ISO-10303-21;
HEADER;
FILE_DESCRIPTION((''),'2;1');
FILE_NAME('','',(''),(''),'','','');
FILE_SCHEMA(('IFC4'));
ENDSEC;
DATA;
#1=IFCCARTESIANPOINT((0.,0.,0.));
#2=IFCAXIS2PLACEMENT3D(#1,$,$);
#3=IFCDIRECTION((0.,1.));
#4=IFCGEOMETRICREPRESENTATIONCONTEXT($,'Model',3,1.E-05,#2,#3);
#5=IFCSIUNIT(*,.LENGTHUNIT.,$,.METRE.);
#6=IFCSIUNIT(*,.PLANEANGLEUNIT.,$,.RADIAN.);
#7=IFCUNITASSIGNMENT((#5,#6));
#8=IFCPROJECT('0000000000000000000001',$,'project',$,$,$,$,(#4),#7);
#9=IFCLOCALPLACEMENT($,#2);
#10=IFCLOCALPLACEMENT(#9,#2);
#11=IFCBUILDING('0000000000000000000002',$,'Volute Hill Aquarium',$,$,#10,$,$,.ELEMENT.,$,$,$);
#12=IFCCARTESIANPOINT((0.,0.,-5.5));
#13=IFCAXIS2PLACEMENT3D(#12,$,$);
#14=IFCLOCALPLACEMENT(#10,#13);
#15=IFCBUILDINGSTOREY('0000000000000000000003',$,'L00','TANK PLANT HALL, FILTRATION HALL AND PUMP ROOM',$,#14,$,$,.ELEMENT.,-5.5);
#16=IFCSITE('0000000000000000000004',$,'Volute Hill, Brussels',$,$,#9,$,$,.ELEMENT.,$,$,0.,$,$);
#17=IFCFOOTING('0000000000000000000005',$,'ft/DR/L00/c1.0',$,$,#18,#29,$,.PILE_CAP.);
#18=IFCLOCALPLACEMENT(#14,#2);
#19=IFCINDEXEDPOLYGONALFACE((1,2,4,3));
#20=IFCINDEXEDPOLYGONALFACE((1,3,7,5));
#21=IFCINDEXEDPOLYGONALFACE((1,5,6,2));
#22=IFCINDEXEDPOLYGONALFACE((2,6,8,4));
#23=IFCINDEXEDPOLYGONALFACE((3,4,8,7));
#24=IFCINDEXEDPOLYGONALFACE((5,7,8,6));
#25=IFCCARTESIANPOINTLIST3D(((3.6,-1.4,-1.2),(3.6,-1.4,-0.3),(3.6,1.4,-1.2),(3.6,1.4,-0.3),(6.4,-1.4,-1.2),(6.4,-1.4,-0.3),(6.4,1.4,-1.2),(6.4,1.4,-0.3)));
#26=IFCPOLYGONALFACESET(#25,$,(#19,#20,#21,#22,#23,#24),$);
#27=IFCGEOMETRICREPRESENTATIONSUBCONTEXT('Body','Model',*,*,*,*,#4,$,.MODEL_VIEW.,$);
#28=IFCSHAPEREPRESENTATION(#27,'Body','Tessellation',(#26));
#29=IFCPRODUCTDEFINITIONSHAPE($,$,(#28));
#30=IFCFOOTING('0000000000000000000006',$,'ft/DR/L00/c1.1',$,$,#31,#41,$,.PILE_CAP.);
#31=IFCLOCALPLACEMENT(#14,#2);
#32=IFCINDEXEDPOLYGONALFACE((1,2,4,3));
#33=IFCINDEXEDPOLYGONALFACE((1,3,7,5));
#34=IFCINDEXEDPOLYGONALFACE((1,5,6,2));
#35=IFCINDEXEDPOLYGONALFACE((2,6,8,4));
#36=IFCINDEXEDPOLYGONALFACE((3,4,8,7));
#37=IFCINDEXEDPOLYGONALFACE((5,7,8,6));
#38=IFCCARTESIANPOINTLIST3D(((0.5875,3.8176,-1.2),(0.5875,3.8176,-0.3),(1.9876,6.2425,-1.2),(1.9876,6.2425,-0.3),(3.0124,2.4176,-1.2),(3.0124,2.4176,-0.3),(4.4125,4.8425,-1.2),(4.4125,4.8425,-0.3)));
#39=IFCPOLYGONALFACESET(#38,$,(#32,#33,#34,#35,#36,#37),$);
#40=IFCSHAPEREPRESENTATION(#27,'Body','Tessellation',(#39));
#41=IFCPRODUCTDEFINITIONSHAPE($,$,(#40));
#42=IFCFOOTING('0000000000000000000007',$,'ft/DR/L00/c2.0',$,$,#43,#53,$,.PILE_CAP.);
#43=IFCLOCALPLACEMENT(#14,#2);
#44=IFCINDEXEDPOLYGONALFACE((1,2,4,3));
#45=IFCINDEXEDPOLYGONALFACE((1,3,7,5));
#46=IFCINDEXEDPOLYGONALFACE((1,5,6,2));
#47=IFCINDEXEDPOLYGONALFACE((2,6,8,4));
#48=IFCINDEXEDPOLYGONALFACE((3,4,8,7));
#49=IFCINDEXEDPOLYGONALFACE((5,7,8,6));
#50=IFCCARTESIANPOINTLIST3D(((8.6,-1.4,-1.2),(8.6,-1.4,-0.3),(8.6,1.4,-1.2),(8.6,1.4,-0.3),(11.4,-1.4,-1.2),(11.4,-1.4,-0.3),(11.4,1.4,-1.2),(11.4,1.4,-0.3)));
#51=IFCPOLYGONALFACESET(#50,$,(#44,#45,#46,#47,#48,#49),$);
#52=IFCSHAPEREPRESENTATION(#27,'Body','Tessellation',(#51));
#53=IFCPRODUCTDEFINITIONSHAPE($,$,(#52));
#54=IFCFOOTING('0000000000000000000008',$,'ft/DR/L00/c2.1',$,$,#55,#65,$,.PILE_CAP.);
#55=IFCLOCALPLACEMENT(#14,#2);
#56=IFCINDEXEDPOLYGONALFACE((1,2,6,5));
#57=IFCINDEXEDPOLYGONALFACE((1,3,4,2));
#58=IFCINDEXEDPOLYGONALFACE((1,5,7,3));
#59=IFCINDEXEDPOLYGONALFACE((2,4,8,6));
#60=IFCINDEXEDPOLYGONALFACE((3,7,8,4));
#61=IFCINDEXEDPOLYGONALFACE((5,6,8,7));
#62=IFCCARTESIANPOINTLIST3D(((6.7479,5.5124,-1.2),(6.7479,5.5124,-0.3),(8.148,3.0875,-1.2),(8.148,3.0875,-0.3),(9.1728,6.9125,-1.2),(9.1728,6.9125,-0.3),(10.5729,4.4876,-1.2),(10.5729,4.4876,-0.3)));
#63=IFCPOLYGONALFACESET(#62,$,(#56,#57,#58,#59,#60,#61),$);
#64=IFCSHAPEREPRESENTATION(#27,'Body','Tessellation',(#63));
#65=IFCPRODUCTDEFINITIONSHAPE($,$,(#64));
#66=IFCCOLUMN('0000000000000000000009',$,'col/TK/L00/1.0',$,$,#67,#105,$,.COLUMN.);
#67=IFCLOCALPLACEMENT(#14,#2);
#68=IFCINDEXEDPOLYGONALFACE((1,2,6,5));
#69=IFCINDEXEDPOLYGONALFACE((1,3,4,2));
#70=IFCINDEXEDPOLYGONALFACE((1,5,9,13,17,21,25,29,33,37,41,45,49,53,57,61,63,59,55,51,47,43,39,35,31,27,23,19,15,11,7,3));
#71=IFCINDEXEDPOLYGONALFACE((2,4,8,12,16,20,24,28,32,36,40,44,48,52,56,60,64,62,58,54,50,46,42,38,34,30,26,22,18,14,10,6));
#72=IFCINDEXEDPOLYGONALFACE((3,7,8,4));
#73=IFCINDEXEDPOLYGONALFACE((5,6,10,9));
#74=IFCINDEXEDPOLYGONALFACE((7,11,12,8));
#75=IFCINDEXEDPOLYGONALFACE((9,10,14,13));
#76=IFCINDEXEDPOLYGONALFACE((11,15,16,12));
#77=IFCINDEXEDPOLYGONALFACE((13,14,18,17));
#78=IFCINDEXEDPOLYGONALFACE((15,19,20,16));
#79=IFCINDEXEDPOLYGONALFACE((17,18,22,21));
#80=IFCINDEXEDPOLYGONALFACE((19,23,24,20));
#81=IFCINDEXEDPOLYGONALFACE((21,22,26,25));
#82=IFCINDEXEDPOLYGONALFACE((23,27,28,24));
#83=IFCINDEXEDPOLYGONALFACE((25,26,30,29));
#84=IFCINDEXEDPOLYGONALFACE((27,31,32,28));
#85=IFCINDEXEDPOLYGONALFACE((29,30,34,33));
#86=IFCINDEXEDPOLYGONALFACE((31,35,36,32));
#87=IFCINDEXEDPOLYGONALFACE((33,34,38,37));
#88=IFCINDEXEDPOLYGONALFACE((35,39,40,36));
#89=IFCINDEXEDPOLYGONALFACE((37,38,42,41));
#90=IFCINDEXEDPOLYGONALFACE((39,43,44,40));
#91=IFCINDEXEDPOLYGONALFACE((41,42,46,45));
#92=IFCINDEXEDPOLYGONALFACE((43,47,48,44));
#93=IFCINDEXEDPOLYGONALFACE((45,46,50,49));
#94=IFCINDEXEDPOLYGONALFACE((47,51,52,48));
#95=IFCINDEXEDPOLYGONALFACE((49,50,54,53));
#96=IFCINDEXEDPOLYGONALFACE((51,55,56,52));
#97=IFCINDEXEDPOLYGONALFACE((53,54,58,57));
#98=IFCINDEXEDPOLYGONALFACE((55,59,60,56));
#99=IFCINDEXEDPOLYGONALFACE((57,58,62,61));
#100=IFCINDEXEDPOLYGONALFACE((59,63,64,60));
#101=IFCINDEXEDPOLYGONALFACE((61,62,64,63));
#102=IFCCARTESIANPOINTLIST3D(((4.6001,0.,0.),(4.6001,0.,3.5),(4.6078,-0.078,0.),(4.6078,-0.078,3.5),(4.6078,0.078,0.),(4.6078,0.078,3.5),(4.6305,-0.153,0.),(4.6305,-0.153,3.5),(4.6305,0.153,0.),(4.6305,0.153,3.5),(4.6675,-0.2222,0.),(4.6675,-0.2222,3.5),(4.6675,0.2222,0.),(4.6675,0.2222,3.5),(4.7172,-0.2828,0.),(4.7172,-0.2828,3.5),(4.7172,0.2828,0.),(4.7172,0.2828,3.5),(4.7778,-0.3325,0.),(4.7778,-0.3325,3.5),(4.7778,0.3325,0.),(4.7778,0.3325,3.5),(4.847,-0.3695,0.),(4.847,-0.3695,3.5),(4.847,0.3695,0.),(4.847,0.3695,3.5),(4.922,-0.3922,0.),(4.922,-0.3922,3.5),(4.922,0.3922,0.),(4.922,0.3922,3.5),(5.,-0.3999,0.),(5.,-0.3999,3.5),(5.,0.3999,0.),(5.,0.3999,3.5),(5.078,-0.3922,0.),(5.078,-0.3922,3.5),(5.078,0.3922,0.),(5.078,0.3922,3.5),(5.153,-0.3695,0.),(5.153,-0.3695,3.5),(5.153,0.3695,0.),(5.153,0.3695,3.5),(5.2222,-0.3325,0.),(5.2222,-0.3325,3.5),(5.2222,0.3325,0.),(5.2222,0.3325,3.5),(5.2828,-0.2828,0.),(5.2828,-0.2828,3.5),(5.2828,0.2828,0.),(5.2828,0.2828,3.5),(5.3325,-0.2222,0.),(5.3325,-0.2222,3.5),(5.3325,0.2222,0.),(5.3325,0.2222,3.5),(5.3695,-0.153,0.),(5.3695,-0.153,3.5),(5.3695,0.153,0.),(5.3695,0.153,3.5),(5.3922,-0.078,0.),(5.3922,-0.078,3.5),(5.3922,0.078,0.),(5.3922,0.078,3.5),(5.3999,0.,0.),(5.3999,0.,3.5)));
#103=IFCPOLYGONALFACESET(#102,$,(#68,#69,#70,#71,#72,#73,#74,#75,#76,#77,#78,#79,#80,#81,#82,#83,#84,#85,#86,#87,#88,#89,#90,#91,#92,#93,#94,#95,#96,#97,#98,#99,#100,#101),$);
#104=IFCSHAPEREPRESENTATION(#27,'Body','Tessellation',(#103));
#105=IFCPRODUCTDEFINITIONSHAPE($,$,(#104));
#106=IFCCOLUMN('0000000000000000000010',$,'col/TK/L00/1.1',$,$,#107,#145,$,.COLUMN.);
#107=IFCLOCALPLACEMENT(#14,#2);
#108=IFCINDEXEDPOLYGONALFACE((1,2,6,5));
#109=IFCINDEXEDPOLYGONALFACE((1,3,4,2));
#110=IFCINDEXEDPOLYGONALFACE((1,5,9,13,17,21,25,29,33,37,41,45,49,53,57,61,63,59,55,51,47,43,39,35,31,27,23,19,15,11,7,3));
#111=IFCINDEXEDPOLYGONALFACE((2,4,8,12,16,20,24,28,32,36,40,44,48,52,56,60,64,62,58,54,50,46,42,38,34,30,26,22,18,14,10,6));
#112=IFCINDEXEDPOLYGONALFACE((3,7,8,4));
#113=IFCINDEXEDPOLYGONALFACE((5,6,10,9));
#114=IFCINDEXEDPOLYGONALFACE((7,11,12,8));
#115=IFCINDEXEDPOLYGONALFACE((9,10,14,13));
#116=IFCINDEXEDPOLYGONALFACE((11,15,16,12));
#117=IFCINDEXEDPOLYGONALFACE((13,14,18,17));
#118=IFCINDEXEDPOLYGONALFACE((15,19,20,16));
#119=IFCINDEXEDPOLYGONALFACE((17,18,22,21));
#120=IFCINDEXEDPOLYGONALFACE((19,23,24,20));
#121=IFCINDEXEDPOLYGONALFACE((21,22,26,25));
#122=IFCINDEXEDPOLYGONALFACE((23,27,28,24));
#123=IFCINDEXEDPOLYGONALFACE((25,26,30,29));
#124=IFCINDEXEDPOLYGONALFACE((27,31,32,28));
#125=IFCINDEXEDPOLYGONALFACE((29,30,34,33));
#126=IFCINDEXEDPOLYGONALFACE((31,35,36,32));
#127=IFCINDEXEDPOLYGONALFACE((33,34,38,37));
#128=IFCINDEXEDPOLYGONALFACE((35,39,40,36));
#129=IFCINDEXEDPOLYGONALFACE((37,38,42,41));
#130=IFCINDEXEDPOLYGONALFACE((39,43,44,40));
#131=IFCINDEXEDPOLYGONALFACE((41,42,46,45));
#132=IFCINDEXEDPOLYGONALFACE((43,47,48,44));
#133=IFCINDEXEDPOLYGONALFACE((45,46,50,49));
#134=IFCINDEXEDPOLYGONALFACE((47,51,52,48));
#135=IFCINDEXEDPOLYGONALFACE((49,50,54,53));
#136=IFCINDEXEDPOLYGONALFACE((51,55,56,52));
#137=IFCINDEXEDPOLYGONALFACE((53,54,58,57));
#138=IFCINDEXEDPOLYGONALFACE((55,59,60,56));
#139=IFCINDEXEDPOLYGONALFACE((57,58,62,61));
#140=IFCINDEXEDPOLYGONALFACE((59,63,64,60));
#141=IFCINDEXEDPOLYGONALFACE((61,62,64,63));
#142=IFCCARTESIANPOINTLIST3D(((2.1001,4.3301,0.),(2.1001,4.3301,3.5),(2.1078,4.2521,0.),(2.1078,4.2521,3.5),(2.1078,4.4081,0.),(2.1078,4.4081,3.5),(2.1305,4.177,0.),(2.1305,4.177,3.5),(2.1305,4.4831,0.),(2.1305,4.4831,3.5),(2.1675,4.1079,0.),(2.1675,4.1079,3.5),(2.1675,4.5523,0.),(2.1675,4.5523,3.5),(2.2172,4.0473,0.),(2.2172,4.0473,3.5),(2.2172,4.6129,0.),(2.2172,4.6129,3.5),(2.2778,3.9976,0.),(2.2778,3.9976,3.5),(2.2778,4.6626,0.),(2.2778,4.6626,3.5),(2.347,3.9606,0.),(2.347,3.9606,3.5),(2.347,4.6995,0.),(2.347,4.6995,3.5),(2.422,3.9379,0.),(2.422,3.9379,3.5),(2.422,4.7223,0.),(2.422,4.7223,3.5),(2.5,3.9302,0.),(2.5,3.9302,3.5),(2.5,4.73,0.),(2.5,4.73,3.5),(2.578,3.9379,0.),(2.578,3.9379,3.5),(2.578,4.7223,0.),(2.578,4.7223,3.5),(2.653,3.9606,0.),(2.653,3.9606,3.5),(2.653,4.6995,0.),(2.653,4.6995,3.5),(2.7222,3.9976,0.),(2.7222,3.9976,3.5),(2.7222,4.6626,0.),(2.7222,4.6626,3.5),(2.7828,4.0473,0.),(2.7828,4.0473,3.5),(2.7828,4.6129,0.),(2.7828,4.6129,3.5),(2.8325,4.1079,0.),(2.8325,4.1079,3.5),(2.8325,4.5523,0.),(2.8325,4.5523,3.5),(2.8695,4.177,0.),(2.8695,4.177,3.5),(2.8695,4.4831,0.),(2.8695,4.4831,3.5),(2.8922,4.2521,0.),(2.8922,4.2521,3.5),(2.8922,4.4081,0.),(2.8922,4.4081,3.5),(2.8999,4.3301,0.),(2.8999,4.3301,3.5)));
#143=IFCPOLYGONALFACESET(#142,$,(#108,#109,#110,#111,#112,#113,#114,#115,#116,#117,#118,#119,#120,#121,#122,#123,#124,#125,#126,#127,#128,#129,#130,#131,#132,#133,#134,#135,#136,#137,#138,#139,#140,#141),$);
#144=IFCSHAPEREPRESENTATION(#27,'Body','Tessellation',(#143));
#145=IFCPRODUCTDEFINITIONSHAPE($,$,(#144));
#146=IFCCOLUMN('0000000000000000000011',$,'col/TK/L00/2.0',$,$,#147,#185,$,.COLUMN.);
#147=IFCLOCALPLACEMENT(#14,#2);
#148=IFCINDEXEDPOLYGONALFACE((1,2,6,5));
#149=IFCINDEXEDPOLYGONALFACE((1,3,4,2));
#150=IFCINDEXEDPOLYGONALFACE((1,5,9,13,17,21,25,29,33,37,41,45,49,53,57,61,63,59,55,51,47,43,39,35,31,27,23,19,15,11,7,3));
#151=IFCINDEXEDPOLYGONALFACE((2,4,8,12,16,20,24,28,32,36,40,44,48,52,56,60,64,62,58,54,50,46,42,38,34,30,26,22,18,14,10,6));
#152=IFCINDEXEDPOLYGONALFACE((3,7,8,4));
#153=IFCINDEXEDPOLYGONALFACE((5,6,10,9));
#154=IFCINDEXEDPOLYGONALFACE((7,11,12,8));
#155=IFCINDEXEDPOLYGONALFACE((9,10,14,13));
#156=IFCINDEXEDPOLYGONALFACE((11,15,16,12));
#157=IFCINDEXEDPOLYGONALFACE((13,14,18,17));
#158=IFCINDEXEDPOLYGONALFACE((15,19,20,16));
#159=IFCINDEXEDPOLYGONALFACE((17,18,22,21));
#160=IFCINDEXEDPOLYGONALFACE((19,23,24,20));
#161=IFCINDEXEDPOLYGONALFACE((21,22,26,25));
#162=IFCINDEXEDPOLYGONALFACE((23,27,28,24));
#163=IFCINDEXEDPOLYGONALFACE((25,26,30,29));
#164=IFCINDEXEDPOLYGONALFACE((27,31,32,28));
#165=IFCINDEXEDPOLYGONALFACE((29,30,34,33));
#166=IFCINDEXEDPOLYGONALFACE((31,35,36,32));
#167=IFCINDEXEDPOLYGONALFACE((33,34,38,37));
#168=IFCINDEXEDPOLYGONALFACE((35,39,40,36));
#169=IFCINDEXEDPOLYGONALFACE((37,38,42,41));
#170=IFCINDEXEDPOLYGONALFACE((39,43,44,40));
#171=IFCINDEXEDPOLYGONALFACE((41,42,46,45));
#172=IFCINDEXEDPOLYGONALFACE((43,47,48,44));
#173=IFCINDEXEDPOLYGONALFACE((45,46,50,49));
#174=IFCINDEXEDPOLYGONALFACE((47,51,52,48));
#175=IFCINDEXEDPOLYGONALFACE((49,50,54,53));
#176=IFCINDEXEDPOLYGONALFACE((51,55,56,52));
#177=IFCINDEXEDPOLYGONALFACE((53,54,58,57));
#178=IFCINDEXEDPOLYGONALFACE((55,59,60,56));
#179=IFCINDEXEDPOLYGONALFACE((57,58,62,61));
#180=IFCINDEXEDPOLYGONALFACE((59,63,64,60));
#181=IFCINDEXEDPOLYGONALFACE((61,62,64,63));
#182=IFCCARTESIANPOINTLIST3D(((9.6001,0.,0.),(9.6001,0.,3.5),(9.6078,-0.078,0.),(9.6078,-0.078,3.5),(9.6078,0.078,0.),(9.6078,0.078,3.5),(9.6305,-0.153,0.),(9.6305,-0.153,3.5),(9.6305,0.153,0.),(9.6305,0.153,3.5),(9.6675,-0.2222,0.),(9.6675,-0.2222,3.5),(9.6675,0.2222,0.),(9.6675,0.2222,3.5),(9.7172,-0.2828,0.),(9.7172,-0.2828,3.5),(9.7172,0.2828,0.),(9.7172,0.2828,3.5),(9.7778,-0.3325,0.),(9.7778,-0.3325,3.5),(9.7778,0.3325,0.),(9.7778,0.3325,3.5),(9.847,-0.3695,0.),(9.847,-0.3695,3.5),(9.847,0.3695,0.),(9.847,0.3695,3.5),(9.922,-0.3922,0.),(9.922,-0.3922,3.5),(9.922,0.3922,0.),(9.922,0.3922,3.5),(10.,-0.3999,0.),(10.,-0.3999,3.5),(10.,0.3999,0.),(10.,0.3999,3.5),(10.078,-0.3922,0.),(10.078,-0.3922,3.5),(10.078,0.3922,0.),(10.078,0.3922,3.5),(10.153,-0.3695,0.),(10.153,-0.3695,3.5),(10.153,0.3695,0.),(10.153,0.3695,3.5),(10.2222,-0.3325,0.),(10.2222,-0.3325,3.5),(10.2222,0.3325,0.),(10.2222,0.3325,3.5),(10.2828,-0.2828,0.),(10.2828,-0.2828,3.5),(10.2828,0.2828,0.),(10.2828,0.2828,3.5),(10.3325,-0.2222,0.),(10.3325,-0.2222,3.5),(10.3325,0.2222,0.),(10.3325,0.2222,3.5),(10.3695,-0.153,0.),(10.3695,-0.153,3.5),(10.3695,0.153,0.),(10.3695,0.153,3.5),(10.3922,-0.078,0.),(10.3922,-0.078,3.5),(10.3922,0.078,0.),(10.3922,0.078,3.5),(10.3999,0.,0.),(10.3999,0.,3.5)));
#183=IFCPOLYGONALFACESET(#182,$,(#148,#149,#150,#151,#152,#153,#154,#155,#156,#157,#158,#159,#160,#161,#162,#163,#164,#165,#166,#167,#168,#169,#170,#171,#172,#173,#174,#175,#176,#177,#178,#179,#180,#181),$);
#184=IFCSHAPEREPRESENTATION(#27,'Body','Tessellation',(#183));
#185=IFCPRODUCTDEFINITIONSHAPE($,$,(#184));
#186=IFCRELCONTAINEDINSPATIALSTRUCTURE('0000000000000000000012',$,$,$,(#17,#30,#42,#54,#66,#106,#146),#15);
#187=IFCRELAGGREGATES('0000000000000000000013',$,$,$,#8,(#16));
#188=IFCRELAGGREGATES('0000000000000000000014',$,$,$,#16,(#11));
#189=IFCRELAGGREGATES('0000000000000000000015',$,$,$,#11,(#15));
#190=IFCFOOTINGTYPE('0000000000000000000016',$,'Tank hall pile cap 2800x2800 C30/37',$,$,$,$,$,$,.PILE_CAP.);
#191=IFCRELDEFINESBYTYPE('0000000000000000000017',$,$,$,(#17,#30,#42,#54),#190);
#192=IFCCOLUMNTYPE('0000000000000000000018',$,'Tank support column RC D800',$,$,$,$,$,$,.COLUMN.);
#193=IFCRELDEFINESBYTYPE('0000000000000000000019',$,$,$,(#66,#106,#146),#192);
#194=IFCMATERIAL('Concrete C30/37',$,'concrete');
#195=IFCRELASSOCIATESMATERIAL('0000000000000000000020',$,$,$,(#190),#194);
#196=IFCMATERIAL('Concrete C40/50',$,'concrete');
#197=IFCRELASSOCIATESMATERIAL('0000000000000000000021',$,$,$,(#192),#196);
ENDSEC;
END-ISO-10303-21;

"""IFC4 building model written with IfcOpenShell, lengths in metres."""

from ifc_helpers import new_model, si_unit, direction, frame, origin, origin_2d, place, context, subcontext, project, spatial, rectangle, circle, extrude, material, material_profile, profile_set, type_object, element, save


model = new_model("IFC4")

# Units and contexts
model_context = context("Model", 3, precision=1e-05, world=origin(), true_north=direction((0.0, 1.0)))
body_context = subcontext(model_context, "Body", "Model", "MODEL_VIEW")
ifc_project = project(units=[si_unit("LENGTHUNIT", "METRE"), si_unit("PLANEANGLEUNIT", "RADIAN")], contexts=[model_context])

# Site, building, storey
site_placement = place(None, origin())
site = spatial("IfcSite", under=ifc_project, at=site_placement, Name="Volute Hill, Brussels", CompositionType="ELEMENT", RefElevation=0.0)
building_placement = place(site_placement, origin())
building = spatial("IfcBuilding", under=site, at=building_placement, Name="Volute Hill Aquarium", CompositionType="ELEMENT")
storey_placement = place(building_placement, frame((0.0, 0.0, -5.5)))
storey = spatial("IfcBuildingStorey", under=building, at=storey_placement, Name="L00", Description="TANK PLANT HALL, FILTRATION HALL AND PUMP ROOM", CompositionType="ELEMENT", Elevation=-5.5)

# Footings
ifc_material_1 = material(Name="Concrete C30/37", Category="concrete")
footing_type_1 = type_object("IfcFootingType", Name="Tank hall pile cap 2800x2800 C30/37", PredefinedType="PILE_CAP", material=ifc_material_1)
for number, where, z_axis, x_axis, name in (
    (1, (5.0, 0.0, -1.2), (0.0, 0.0, 1.0), (0.0, 1.0, 0.0), "ft/DR/L00/c1.0"),
    (2, (2.5, 4.3301, -1.2), (0.0, 0.0, 1.0), (-0.866025, 0.5, 0.0), "ft/DR/L00/c1.1"),
    (3, (10.0, 0.0, -1.2), (0.0, 0.0, 1.0), (0.0, 1.0, 0.0), "ft/DR/L00/c2.0"),
    (4, (8.6604, 5.0, -1.2), (0.0, 0.0, 1.0), (-0.5, 0.866025, 0.0), "ft/DR/L00/c2.1"),
):
    element("IfcFooting", number, at=place(storey_placement, frame(where, z_axis=z_axis, x_axis=x_axis)), inside=storey, type_object=footing_type_1, Name=name, PredefinedType="PILE_CAP", context=body_context, shape_type="SweptSolid", body=[
        extrude(rectangle(XDim=2.8, YDim=2.8, at=origin_2d()), origin(), (0.0, 0.0, 1.0), 0.8999),
    ])

# Columns
ifc_material_2 = material(Name="Concrete C40/50", Category="concrete")
ifc_material_profile_1 = material_profile(ifc_material_2, circle(Radius=0.3999, at=origin_2d()), Name="RC round column D800")
ifc_profile_set_1 = profile_set([ifc_material_profile_1], Name="Concrete C40/50")
column_type = type_object("IfcColumnType", Name="Tank support column RC D800", PredefinedType="COLUMN", material=ifc_profile_set_1)
for number, where, z_axis, x_axis, name in (
    (5, (5.0, 0.0, 0.0), (0.0, 0.0, 1.0), (1.0, 0.0, 0.0), "col/TK/L00/1.0"),
    (6, (2.5, 4.3301, 0.0), (0.0, 0.0, 1.0), (1.0, 0.0, 0.0), "col/TK/L00/1.1"),
    (7, (10.0, 0.0, 0.0), (0.0, 0.0, 1.0), (1.0, 0.0, 0.0), "col/TK/L00/2.0"),
):
    element("IfcColumn", number, at=place(storey_placement, frame(where, z_axis=z_axis, x_axis=x_axis)), inside=storey, type_object=column_type, Name=name, PredefinedType="COLUMN", context=body_context, shape_type="SweptSolid", body=[
        extrude(circle(Radius=0.3999, at=origin_2d()), origin(), (0.0, 0.0, 1.0), 3.5),
    ])

save(model, "model.ifc")
